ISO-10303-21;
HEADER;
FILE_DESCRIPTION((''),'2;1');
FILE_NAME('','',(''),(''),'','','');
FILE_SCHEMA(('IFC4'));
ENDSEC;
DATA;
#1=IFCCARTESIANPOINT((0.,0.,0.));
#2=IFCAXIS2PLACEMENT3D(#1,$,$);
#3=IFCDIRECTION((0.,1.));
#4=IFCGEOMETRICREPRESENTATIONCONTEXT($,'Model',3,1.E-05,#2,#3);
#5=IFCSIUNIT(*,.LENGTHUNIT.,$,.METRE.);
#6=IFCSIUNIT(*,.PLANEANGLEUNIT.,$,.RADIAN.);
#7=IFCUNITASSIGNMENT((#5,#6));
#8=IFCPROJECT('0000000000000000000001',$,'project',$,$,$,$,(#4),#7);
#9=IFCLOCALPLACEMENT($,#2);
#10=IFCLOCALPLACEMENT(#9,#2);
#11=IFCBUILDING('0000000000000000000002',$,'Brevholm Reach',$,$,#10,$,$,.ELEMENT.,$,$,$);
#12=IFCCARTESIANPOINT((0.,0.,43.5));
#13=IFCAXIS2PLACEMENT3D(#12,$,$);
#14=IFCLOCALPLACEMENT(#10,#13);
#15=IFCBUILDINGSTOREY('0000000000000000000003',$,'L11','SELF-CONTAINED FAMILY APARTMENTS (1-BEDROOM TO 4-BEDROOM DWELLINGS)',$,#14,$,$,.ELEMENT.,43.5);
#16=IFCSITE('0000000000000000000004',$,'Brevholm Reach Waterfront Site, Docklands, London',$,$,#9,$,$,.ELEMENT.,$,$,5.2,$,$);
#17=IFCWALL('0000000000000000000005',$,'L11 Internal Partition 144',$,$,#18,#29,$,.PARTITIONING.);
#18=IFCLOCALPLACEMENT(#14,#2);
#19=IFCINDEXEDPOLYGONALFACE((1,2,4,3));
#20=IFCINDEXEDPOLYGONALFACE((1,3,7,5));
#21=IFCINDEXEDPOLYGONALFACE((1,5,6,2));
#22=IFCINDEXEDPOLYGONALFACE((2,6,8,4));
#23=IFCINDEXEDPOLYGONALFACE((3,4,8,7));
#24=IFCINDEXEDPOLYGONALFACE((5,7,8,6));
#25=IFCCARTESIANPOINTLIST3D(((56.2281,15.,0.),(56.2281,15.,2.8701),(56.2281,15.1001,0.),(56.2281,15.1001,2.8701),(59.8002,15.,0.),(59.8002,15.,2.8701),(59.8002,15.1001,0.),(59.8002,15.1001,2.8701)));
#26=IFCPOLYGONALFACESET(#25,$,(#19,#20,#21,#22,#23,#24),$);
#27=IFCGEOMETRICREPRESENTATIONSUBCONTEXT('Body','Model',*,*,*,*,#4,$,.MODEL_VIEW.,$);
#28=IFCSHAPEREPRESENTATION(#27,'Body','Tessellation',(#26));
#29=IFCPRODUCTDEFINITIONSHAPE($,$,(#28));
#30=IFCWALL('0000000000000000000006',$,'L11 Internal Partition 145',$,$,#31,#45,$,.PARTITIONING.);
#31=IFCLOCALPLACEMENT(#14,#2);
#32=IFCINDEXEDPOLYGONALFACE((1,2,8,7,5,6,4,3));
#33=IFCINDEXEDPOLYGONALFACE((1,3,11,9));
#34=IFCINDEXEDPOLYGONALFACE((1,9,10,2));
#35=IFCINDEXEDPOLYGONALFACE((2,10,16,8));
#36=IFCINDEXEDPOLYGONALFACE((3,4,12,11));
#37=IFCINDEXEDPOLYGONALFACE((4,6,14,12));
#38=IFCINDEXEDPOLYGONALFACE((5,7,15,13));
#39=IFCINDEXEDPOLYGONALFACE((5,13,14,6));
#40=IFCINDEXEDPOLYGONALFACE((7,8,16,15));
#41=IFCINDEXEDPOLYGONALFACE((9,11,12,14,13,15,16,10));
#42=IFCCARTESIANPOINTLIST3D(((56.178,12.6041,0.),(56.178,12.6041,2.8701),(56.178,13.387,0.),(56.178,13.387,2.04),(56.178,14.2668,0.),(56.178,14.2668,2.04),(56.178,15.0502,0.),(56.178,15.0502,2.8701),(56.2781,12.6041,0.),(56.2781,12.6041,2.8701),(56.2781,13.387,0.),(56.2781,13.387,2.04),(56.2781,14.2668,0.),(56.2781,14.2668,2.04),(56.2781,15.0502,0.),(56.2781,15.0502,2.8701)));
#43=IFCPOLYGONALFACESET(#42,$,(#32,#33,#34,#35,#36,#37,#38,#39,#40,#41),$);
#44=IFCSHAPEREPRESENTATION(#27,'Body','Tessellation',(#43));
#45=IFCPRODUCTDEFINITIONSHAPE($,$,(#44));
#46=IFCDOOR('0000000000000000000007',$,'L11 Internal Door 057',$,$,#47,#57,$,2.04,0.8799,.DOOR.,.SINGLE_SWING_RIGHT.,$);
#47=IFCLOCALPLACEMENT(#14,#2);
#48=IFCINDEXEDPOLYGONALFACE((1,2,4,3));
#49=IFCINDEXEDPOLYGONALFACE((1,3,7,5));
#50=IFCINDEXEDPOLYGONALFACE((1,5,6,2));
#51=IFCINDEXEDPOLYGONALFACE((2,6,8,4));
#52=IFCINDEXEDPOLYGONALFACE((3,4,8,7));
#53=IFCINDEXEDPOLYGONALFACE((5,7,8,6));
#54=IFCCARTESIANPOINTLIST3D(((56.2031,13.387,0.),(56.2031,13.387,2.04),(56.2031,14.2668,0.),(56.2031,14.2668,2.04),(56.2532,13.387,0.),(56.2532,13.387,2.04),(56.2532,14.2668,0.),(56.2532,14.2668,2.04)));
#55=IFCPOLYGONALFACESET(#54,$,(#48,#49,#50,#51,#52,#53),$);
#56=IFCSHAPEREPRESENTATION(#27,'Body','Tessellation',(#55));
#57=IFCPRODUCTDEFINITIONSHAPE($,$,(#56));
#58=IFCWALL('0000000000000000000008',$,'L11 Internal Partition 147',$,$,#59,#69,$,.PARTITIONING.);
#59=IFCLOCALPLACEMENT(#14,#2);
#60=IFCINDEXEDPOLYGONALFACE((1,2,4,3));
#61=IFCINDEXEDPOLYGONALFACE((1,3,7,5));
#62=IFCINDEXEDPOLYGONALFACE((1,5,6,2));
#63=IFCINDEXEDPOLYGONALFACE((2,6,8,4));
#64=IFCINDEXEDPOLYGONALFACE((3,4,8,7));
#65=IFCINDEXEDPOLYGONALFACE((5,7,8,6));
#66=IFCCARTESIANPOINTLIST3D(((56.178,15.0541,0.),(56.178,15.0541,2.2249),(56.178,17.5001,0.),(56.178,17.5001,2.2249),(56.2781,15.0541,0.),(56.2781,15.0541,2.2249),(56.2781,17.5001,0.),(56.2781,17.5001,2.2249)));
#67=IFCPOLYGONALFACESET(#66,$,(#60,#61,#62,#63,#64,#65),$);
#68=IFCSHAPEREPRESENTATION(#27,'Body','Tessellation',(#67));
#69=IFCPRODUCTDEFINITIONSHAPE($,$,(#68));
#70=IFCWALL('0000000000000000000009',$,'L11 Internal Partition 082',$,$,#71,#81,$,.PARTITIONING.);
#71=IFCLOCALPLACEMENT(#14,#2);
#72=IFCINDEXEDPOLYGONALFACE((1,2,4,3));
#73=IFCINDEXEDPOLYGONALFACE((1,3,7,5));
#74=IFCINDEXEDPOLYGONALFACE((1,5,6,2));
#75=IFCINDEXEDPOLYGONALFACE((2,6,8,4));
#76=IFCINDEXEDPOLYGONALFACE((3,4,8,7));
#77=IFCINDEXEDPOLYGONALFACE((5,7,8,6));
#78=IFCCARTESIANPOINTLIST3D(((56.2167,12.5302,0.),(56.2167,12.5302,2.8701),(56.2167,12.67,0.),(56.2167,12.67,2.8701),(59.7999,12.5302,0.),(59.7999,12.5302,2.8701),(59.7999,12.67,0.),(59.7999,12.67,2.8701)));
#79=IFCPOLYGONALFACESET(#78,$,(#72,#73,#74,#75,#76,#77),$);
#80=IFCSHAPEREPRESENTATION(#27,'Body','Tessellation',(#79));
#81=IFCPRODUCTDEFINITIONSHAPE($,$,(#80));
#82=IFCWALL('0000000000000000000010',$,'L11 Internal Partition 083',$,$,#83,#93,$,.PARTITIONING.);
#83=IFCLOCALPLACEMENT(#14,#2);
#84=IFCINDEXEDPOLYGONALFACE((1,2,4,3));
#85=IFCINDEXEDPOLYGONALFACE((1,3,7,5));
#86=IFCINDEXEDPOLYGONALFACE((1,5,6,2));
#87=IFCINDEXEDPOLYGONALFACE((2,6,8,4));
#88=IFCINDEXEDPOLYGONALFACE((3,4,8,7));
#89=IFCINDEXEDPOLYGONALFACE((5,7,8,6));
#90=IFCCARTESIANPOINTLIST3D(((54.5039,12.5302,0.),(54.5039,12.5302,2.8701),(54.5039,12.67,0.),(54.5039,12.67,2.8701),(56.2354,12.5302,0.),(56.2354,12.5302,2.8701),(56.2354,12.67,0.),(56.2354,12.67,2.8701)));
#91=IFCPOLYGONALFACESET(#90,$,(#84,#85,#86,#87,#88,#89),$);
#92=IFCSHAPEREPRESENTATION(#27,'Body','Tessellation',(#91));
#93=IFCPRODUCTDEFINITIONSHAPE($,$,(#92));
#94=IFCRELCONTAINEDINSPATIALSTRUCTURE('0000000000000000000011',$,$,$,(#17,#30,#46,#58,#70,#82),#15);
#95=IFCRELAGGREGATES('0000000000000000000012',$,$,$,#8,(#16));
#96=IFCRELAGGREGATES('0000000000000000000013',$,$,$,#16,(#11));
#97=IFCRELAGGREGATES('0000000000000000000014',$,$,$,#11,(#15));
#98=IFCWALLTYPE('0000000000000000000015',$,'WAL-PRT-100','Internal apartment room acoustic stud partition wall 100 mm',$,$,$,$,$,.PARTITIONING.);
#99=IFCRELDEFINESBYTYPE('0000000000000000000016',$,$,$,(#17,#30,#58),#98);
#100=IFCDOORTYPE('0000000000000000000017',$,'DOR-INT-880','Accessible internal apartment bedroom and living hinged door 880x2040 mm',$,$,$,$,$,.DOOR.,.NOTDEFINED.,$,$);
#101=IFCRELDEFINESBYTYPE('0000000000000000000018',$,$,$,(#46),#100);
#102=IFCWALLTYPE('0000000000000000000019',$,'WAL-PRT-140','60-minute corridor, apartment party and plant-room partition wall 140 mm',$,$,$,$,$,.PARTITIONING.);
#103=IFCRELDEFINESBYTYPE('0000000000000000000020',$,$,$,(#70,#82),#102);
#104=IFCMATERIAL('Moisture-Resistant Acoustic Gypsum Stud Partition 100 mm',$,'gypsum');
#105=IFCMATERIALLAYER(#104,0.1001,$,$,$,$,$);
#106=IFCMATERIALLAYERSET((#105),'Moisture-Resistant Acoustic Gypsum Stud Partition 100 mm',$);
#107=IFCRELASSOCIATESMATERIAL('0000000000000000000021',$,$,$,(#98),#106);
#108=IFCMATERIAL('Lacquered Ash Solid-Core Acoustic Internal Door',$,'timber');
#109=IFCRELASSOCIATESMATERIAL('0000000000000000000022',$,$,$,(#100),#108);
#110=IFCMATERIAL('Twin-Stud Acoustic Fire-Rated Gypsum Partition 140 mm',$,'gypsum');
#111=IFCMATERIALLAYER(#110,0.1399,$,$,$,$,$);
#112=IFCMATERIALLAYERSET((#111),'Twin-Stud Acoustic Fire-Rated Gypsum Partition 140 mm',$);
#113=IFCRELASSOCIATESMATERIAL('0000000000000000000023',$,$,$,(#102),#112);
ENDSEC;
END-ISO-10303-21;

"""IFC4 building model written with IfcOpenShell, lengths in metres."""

from ifc_helpers import new_model, si_unit, direction, frame, frame_2d, origin, place, context, subcontext, project, spatial, rectangle, extrude, material, layer, layer_set, type_object, element, fill, save


model = new_model("IFC4")

# Units and contexts
model_context = context("Model", 3, precision=1e-05, world=origin(), true_north=direction((0.0, 1.0)))
body_context = subcontext(model_context, "Body", "Model", "MODEL_VIEW")
ifc_project = project(units=[si_unit("LENGTHUNIT", "METRE"), si_unit("PLANEANGLEUNIT", "RADIAN")], contexts=[model_context])

# Site, building, storey
site_placement = place(None, origin())
site = spatial("IfcSite", under=ifc_project, at=site_placement, Name="Brevholm Reach Waterfront Site, Docklands, London", CompositionType="ELEMENT", RefElevation=5.2)
building_placement = place(site_placement, origin())
building = spatial("IfcBuilding", under=site, at=building_placement, Name="Brevholm Reach", CompositionType="ELEMENT")
storey_placement = place(building_placement, frame((0.0, 0.0, 43.5)))
storey = spatial("IfcBuildingStorey", under=building, at=storey_placement, Name="L11", Description="SELF-CONTAINED FAMILY APARTMENTS (1-BEDROOM TO 4-BEDROOM DWELLINGS)", CompositionType="ELEMENT", Elevation=43.5)

# Wall
ifc_material_1 = material(Name="Moisture-Resistant Acoustic Gypsum Stud Partition 100 mm", Category="gypsum")
ifc_layer_1 = layer(ifc_material_1, 0.1001)
ifc_layer_set_1 = layer_set([ifc_layer_1], Name="Moisture-Resistant Acoustic Gypsum Stud Partition 100 mm")
wall_type_1 = type_object("IfcWallType", Name="WAL-PRT-100", Description="Internal apartment room acoustic stud partition wall 100 mm", PredefinedType="PARTITIONING", material=ifc_layer_set_1)
wall_1_placement = place(storey_placement, frame((56.228, 15.05, 0.0), z_axis=(0.0, 0.0, 1.0), x_axis=(1.0, 0.0, 0.0)))
element("IfcWall", 1, at=wall_1_placement, inside=storey, type_object=wall_type_1, Name="L11 Internal Partition 144", PredefinedType="PARTITIONING", context=body_context, shape_type="SweptSolid", body=[
    extrude(rectangle(XDim=3.572, YDim=0.1001, at=frame_2d((1.7861, 0.0))), origin(), (0.0, 0.0, 1.0), 2.8701),
])

# Wall, opening, door
wall_2_placement = place(storey_placement, frame((56.228, 12.604, 0.0), z_axis=(0.0, 0.0, 1.0), x_axis=(0.0, 1.0, 0.0)))
wall_2 = element("IfcWall", 2, at=wall_2_placement, inside=storey, type_object=wall_type_1, Name="L11 Internal Partition 145", PredefinedType="PARTITIONING", context=body_context, shape_type="SweptSolid", body=[
    extrude(rectangle(XDim=2.446, YDim=0.1001, at=frame_2d((1.2231, 0.0))), origin(), (0.0, 0.0, 1.0), 2.8701),
])
opening_placement = place(wall_2_placement, frame((0.783, 0.0, 0.0)))
opening = element("IfcOpeningElement", 3, at=opening_placement, cuts=wall_2, PredefinedType="OPENING", context=body_context, shape_type="SweptSolid", body=[
    extrude(rectangle(XDim=0.8799, YDim=2.04, at=frame_2d((0.4399, 1.02))), frame((0.0, 0.0601, 0.0), z_axis=(0.0, -1.0, 0.0), x_axis=(1.0, 0.0, 0.0)), (0.0, 0.0, 1.0), 0.1201),
])
ifc_material_2 = material(Name="Lacquered Ash Solid-Core Acoustic Internal Door", Category="timber")
door_type = type_object("IfcDoorType", Name="DOR-INT-880", Description="Accessible internal apartment bedroom and living hinged door 880x2040 mm", OperationType="NOTDEFINED", PredefinedType="DOOR", material=ifc_material_2)
door_placement = place(opening_placement, origin())
door = element("IfcDoor", 4, at=door_placement, inside=storey, type_object=door_type, Name="L11 Internal Door 057", OperationType="SINGLE_SWING_RIGHT", OverallHeight=2.04, OverallWidth=0.8799, PredefinedType="DOOR", context=body_context, shape_type="SweptSolid", body=[
    extrude(rectangle(XDim=0.8799, YDim=2.04, at=frame_2d((0.4399, 1.02))), frame((0.0, 0.0249, 0.0), z_axis=(0.0, -1.0, 0.0), x_axis=(1.0, 0.0, 0.0)), (0.0, 0.0, 1.0), 0.05),
])
fill(opening, door)

# Walls
wall_3_placement = place(storey_placement, frame((56.228, 15.054, 0.0), z_axis=(0.0, 0.0, 1.0), x_axis=(0.0, 1.0, 0.0)))
element("IfcWall", 5, at=wall_3_placement, inside=storey, type_object=wall_type_1, Name="L11 Internal Partition 147", PredefinedType="PARTITIONING", context=body_context, shape_type="SweptSolid", body=[
    extrude(rectangle(XDim=2.446, YDim=0.1001, at=frame_2d((1.2231, 0.0))), origin(), (0.0, 0.0, 1.0), 2.2249),
])
ifc_material_3 = material(Name="Twin-Stud Acoustic Fire-Rated Gypsum Partition 140 mm", Category="gypsum")
ifc_layer_2 = layer(ifc_material_3, 0.1399)
ifc_layer_set_2 = layer_set([ifc_layer_2], Name="Twin-Stud Acoustic Fire-Rated Gypsum Partition 140 mm")
wall_type_2 = type_object("IfcWallType", Name="WAL-PRT-140", Description="60-minute corridor, apartment party and plant-room partition wall 140 mm", PredefinedType="PARTITIONING", material=ifc_layer_set_2)
wall_4_placement = place(storey_placement, frame((56.2168, 12.6001, 0.0), z_axis=(0.0, 0.0, 1.0), x_axis=(1.0, 0.0, 0.0)))
element("IfcWall", 6, at=wall_4_placement, inside=storey, type_object=wall_type_2, Name="L11 Internal Partition 082", PredefinedType="PARTITIONING", context=body_context, shape_type="SweptSolid", body=[
    extrude(rectangle(XDim=3.5833, YDim=0.1399, at=frame_2d((1.7915, 0.0))), origin(), (0.0, 0.0, 1.0), 2.8701),
])
wall_5_placement = place(storey_placement, frame((54.5039, 12.6001, 0.0), z_axis=(0.0, 0.0, 1.0), x_axis=(1.0, 0.0, 0.0)))
element("IfcWall", 7, at=wall_5_placement, inside=storey, type_object=wall_type_2, Name="L11 Internal Partition 083", PredefinedType="PARTITIONING", context=body_context, shape_type="SweptSolid", body=[
    extrude(rectangle(XDim=1.7314, YDim=0.1399, at=frame_2d((0.8657, 0.0))), origin(), (0.0, 0.0, 1.0), 2.8701),
])

save(model, "model.ifc")
